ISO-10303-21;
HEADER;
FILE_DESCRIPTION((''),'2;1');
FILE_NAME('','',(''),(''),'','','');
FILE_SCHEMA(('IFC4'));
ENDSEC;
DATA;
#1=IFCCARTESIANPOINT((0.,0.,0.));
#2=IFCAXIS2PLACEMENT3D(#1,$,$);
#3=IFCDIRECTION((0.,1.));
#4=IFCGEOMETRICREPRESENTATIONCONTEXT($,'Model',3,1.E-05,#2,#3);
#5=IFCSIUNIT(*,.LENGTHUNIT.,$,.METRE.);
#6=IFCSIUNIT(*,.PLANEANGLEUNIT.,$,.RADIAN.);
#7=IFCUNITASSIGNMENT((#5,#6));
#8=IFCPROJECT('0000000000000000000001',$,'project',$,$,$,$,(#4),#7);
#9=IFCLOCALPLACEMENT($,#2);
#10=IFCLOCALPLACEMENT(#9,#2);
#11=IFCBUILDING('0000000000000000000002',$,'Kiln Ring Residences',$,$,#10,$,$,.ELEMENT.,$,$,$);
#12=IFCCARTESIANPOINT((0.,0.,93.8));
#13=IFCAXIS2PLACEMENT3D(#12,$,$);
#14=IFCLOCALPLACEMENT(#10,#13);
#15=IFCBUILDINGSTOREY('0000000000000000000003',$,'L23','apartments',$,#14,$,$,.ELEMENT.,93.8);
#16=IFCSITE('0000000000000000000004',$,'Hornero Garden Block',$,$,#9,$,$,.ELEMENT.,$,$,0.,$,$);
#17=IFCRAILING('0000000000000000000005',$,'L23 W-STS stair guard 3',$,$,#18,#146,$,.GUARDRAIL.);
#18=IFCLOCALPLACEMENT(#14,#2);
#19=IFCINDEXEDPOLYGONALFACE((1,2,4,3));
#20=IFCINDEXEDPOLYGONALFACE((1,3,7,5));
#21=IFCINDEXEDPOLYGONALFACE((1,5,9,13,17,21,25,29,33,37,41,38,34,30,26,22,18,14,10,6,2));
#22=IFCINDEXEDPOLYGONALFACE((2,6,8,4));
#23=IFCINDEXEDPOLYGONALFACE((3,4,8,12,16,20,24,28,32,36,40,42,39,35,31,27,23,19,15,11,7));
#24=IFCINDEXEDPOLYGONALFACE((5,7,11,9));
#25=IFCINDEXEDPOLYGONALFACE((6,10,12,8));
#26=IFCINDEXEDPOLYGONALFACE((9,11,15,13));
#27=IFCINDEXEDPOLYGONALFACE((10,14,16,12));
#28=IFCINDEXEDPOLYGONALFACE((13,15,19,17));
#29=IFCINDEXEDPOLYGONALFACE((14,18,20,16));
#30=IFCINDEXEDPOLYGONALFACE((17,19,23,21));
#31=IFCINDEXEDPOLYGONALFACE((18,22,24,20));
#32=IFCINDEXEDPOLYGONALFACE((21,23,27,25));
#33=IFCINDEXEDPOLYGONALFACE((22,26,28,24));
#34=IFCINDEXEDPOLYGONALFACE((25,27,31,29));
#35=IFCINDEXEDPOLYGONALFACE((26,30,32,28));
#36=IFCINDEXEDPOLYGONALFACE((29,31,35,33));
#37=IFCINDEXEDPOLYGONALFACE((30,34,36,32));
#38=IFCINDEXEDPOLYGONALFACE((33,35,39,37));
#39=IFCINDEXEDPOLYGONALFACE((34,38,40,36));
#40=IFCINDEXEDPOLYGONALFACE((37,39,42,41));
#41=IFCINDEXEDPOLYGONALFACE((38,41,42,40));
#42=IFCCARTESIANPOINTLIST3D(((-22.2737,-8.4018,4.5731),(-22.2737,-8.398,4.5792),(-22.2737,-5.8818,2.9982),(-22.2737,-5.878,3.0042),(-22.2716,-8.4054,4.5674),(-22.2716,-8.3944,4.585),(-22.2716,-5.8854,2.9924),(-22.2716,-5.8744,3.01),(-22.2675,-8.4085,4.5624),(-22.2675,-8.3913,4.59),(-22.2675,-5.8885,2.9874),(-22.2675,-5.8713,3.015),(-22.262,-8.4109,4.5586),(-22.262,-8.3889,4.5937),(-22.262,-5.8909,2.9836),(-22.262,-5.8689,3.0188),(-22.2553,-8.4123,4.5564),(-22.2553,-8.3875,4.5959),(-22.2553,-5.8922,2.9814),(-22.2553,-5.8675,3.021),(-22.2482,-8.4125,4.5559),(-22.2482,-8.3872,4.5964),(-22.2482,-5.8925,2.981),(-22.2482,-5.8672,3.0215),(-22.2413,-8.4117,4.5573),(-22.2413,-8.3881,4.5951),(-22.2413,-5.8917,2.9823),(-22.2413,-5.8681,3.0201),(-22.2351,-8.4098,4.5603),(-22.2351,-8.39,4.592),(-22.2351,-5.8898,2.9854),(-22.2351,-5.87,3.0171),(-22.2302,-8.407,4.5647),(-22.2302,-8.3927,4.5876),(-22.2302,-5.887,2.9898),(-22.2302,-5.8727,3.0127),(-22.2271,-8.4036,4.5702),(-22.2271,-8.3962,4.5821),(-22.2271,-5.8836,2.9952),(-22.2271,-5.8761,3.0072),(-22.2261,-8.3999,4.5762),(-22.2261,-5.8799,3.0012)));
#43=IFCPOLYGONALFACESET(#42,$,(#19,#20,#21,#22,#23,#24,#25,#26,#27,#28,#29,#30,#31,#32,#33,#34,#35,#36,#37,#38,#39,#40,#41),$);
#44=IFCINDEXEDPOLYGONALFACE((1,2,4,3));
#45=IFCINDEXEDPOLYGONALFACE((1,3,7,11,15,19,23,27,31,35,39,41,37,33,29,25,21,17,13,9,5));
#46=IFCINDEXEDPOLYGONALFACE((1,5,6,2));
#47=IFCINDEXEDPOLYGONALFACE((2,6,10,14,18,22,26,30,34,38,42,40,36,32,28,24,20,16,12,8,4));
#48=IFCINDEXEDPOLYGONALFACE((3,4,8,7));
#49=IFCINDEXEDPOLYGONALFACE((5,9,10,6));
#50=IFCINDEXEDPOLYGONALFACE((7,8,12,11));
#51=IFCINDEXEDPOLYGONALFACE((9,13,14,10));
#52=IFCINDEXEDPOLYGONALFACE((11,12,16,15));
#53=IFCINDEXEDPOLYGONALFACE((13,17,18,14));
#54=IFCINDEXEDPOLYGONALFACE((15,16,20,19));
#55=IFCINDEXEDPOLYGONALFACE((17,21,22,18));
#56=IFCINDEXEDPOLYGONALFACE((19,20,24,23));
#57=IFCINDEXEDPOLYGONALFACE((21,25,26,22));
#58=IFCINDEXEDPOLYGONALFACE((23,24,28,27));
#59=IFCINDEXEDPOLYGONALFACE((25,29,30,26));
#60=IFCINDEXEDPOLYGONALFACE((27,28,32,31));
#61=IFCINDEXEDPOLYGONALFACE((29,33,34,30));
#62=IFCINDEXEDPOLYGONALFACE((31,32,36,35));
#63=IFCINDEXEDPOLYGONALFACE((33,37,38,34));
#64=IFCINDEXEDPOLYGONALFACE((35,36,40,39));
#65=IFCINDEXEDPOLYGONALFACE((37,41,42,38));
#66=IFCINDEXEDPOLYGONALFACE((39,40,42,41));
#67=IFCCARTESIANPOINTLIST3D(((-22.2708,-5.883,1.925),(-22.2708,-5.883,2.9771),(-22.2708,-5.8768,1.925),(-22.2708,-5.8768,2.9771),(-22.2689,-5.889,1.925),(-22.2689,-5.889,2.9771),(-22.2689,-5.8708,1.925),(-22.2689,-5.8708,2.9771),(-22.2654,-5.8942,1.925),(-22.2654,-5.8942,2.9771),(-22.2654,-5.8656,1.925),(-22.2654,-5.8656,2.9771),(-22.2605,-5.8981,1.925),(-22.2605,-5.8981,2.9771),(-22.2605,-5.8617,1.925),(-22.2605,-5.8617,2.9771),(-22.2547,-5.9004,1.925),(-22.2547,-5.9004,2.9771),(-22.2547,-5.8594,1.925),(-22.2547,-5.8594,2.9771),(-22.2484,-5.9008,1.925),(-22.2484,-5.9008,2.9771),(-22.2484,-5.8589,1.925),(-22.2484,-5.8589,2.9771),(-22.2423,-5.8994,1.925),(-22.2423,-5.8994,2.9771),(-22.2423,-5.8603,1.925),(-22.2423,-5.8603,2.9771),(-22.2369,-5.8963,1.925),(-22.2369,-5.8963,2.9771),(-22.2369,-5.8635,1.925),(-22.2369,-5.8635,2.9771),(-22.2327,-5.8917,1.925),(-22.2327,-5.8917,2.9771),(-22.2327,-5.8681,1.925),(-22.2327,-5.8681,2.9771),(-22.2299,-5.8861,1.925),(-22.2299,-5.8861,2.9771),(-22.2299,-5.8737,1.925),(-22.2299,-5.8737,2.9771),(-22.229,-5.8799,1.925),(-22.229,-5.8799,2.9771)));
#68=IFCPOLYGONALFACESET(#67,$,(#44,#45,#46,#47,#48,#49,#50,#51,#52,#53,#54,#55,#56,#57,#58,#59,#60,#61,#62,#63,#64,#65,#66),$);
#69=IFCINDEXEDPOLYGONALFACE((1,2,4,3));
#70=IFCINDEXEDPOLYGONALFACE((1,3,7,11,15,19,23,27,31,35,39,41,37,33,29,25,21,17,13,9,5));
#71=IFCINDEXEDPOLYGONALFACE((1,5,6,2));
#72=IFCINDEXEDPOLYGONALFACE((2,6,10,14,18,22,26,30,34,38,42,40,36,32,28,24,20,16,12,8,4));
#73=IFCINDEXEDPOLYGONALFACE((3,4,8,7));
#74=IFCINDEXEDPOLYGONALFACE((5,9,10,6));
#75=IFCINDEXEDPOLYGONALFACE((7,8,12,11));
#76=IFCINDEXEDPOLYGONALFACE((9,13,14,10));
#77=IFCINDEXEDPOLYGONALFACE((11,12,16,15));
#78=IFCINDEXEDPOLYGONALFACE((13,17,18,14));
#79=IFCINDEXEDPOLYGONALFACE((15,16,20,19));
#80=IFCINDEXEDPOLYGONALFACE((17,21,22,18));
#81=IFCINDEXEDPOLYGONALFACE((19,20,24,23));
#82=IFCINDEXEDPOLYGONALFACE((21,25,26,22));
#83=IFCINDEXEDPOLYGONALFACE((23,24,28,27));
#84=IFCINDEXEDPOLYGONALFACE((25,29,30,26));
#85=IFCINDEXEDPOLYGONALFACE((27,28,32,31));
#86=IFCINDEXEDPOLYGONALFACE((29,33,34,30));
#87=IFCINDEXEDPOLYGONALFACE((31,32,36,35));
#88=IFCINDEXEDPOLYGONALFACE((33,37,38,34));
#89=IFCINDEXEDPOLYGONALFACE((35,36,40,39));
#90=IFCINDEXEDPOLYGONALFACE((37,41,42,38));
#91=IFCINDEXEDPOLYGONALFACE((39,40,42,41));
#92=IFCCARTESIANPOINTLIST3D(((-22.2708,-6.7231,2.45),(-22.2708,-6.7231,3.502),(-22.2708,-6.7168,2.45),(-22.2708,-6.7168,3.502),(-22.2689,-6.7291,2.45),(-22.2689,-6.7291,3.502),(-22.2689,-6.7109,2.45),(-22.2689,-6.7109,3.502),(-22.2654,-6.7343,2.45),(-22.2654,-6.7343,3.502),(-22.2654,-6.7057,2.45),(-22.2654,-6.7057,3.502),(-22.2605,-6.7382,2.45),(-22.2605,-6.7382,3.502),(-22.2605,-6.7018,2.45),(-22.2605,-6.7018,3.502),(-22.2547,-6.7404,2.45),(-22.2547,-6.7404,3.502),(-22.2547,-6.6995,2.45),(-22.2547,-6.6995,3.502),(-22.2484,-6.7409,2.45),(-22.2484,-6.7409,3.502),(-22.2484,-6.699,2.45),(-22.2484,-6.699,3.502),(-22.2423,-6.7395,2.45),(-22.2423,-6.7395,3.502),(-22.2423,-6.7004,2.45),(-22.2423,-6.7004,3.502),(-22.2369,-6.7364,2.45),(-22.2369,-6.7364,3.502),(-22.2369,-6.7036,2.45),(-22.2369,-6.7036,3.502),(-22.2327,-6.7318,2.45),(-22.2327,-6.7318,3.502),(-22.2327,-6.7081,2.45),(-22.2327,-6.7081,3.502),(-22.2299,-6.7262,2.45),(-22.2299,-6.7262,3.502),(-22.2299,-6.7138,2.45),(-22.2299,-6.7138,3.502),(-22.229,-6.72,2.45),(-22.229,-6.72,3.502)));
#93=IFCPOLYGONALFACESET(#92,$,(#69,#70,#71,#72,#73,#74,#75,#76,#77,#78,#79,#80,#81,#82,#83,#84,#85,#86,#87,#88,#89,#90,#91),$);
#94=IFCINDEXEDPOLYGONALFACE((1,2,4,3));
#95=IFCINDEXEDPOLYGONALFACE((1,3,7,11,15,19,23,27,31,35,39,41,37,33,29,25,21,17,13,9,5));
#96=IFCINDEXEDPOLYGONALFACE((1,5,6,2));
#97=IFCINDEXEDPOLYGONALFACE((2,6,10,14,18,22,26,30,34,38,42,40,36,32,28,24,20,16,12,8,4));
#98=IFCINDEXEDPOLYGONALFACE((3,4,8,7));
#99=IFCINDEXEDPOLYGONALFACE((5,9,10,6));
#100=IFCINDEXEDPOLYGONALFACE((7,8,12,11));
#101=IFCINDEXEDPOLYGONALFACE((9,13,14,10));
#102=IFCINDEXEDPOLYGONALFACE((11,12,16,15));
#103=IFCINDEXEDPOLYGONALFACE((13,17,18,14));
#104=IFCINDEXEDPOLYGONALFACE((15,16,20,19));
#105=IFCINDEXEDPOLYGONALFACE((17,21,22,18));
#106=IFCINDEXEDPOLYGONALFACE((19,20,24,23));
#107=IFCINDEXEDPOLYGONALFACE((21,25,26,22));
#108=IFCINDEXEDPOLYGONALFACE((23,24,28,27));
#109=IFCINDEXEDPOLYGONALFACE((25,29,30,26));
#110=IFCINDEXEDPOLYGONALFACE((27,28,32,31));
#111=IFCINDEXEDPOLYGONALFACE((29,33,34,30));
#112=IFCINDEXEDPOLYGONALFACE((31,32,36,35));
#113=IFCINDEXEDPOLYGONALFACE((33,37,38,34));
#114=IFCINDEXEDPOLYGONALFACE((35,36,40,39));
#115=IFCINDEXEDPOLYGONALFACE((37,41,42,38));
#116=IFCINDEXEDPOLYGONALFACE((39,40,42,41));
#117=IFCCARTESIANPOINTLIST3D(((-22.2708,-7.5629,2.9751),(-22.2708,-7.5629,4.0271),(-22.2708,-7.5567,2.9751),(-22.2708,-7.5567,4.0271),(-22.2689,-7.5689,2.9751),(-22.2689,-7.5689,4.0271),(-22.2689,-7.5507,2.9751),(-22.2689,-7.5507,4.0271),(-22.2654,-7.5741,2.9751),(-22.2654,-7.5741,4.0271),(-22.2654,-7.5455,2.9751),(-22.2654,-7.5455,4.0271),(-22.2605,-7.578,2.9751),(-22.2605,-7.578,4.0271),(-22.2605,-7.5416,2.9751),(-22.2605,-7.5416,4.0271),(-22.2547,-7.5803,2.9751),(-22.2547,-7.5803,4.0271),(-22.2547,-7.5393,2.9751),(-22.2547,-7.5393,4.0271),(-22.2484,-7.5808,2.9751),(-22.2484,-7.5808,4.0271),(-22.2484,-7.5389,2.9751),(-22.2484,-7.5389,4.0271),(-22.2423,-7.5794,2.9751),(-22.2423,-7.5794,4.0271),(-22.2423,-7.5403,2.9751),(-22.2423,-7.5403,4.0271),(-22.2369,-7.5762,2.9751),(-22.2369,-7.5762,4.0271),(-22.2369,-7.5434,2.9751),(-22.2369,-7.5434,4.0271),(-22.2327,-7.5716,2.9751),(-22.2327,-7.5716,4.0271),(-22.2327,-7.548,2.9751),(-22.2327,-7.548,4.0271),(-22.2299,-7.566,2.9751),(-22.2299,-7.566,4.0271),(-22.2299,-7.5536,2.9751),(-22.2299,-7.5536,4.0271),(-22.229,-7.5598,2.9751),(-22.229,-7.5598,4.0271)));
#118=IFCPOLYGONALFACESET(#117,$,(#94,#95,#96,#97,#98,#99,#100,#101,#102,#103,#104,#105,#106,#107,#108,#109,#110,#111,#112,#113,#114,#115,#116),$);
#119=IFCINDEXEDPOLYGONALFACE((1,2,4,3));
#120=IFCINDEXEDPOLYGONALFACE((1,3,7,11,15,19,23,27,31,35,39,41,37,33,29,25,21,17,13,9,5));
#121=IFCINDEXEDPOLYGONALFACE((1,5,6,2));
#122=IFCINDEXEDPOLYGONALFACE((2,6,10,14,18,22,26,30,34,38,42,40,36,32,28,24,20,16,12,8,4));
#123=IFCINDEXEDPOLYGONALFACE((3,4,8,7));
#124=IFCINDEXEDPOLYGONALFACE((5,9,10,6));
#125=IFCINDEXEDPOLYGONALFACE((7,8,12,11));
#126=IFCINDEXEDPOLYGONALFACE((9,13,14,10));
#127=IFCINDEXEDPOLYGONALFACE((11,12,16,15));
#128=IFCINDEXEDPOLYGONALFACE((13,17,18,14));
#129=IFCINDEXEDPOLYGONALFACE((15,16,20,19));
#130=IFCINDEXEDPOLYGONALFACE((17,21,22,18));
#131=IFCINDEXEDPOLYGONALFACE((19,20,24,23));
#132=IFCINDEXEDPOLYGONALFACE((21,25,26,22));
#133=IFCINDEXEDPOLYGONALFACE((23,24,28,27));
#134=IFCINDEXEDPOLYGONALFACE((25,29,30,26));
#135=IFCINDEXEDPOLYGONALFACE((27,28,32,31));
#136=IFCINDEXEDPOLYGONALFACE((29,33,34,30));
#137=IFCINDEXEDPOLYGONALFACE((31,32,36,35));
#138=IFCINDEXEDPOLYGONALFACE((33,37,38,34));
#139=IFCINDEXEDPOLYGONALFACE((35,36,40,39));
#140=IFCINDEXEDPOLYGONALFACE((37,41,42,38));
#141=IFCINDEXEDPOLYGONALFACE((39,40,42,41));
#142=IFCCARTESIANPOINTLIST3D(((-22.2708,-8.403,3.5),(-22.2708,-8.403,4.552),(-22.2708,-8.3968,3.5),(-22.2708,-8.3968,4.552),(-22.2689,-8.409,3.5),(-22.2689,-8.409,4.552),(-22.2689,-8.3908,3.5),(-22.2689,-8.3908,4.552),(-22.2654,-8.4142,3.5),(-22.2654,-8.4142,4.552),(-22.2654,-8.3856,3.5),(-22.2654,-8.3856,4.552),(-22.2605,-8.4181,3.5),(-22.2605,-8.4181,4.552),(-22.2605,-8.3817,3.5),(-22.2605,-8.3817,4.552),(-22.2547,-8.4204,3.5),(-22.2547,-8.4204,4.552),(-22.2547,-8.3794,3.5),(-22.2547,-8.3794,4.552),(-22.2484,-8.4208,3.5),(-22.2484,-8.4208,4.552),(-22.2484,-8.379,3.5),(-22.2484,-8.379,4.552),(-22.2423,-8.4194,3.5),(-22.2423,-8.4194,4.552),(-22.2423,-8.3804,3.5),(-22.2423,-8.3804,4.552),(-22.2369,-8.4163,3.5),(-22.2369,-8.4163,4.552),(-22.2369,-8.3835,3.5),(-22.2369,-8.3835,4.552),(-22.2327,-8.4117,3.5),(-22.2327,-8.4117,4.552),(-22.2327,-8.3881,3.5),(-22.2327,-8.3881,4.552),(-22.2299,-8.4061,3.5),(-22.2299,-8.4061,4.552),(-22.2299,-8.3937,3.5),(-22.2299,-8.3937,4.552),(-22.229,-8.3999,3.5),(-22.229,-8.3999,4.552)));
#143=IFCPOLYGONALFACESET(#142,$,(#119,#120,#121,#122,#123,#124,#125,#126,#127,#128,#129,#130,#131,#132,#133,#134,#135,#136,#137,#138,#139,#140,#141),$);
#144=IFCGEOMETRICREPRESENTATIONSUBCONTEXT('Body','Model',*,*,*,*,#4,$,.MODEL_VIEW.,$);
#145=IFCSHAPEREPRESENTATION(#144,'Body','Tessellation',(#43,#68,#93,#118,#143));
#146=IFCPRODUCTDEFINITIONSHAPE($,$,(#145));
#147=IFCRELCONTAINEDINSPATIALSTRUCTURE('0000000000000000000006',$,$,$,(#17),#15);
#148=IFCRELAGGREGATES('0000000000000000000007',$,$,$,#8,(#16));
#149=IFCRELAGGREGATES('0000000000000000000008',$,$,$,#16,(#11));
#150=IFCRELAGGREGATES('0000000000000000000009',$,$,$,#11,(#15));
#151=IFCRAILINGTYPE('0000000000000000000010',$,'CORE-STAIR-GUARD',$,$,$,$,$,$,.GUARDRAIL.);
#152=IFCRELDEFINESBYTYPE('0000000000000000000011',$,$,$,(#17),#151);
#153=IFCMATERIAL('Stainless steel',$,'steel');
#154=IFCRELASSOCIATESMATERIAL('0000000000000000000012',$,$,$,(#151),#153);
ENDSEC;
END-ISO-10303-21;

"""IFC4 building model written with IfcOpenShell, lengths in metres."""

from ifc_helpers import new_model, si_unit, direction, frame, origin, origin_2d, place, context, subcontext, project, spatial, circle, extrude, material, type_object, element, save


model = new_model("IFC4")

# Units and contexts
model_context = context("Model", 3, precision=1e-05, world=origin(), true_north=direction((0.0, 1.0)))
body_context = subcontext(model_context, "Body", "Model", "MODEL_VIEW")
ifc_project = project(units=[si_unit("LENGTHUNIT", "METRE"), si_unit("PLANEANGLEUNIT", "RADIAN")], contexts=[model_context])

# Site, building, storey
site_placement = place(None, origin())
site = spatial("IfcSite", under=ifc_project, at=site_placement, Name="Hornero Garden Block", CompositionType="ELEMENT", RefElevation=0.0)
building_placement = place(site_placement, origin())
building = spatial("IfcBuilding", under=site, at=building_placement, Name="Kiln Ring Residences", CompositionType="ELEMENT")
storey_placement = place(building_placement, frame((0.0, 0.0, 93.8)))
storey = spatial("IfcBuildingStorey", under=building, at=storey_placement, Name="L23", Description="apartments", CompositionType="ELEMENT", Elevation=93.8)

# Railing
ifc_material_1 = material(Name="Stainless steel", Category="steel")
railing_type_1 = type_object("IfcRailingType", Name="CORE-STAIR-GUARD", PredefinedType="GUARDRAIL", material=ifc_material_1)
railing_1_placement = place(storey_placement, frame((-22.25, -5.8799, 1.925)))
element("IfcRailing", 1, at=railing_1_placement, inside=storey, type_object=railing_type_1, Name="L23 W-STS stair guard 3", PredefinedType="GUARDRAIL", context=body_context, shape_type="SweptSolid", body=[
    extrude(circle(Radius=0.0239, at=origin_2d()), frame((0.0, 0.0, 1.0762), z_axis=(0.0, -0.848008, 0.529984), x_axis=(1.0, 0.0, 0.0)), (0.0, 0.0, 1.0), 2.9717),
    extrude(circle(Radius=0.021, at=origin_2d()), origin(), (0.0, 0.0, 1.0), 1.052),
    extrude(circle(Radius=0.021, at=origin_2d()), frame((0.0, -0.8401, 0.5249)), (0.0, 0.0, 1.0), 1.052),
    extrude(circle(Radius=0.021, at=origin_2d()), frame((0.0, -1.6799, 1.05)), (0.0, 0.0, 1.0), 1.052),
    extrude(circle(Radius=0.021, at=origin_2d()), frame((0.0, -2.52, 1.575)), (0.0, 0.0, 1.0), 1.052),
])

save(model, "model.ifc")
